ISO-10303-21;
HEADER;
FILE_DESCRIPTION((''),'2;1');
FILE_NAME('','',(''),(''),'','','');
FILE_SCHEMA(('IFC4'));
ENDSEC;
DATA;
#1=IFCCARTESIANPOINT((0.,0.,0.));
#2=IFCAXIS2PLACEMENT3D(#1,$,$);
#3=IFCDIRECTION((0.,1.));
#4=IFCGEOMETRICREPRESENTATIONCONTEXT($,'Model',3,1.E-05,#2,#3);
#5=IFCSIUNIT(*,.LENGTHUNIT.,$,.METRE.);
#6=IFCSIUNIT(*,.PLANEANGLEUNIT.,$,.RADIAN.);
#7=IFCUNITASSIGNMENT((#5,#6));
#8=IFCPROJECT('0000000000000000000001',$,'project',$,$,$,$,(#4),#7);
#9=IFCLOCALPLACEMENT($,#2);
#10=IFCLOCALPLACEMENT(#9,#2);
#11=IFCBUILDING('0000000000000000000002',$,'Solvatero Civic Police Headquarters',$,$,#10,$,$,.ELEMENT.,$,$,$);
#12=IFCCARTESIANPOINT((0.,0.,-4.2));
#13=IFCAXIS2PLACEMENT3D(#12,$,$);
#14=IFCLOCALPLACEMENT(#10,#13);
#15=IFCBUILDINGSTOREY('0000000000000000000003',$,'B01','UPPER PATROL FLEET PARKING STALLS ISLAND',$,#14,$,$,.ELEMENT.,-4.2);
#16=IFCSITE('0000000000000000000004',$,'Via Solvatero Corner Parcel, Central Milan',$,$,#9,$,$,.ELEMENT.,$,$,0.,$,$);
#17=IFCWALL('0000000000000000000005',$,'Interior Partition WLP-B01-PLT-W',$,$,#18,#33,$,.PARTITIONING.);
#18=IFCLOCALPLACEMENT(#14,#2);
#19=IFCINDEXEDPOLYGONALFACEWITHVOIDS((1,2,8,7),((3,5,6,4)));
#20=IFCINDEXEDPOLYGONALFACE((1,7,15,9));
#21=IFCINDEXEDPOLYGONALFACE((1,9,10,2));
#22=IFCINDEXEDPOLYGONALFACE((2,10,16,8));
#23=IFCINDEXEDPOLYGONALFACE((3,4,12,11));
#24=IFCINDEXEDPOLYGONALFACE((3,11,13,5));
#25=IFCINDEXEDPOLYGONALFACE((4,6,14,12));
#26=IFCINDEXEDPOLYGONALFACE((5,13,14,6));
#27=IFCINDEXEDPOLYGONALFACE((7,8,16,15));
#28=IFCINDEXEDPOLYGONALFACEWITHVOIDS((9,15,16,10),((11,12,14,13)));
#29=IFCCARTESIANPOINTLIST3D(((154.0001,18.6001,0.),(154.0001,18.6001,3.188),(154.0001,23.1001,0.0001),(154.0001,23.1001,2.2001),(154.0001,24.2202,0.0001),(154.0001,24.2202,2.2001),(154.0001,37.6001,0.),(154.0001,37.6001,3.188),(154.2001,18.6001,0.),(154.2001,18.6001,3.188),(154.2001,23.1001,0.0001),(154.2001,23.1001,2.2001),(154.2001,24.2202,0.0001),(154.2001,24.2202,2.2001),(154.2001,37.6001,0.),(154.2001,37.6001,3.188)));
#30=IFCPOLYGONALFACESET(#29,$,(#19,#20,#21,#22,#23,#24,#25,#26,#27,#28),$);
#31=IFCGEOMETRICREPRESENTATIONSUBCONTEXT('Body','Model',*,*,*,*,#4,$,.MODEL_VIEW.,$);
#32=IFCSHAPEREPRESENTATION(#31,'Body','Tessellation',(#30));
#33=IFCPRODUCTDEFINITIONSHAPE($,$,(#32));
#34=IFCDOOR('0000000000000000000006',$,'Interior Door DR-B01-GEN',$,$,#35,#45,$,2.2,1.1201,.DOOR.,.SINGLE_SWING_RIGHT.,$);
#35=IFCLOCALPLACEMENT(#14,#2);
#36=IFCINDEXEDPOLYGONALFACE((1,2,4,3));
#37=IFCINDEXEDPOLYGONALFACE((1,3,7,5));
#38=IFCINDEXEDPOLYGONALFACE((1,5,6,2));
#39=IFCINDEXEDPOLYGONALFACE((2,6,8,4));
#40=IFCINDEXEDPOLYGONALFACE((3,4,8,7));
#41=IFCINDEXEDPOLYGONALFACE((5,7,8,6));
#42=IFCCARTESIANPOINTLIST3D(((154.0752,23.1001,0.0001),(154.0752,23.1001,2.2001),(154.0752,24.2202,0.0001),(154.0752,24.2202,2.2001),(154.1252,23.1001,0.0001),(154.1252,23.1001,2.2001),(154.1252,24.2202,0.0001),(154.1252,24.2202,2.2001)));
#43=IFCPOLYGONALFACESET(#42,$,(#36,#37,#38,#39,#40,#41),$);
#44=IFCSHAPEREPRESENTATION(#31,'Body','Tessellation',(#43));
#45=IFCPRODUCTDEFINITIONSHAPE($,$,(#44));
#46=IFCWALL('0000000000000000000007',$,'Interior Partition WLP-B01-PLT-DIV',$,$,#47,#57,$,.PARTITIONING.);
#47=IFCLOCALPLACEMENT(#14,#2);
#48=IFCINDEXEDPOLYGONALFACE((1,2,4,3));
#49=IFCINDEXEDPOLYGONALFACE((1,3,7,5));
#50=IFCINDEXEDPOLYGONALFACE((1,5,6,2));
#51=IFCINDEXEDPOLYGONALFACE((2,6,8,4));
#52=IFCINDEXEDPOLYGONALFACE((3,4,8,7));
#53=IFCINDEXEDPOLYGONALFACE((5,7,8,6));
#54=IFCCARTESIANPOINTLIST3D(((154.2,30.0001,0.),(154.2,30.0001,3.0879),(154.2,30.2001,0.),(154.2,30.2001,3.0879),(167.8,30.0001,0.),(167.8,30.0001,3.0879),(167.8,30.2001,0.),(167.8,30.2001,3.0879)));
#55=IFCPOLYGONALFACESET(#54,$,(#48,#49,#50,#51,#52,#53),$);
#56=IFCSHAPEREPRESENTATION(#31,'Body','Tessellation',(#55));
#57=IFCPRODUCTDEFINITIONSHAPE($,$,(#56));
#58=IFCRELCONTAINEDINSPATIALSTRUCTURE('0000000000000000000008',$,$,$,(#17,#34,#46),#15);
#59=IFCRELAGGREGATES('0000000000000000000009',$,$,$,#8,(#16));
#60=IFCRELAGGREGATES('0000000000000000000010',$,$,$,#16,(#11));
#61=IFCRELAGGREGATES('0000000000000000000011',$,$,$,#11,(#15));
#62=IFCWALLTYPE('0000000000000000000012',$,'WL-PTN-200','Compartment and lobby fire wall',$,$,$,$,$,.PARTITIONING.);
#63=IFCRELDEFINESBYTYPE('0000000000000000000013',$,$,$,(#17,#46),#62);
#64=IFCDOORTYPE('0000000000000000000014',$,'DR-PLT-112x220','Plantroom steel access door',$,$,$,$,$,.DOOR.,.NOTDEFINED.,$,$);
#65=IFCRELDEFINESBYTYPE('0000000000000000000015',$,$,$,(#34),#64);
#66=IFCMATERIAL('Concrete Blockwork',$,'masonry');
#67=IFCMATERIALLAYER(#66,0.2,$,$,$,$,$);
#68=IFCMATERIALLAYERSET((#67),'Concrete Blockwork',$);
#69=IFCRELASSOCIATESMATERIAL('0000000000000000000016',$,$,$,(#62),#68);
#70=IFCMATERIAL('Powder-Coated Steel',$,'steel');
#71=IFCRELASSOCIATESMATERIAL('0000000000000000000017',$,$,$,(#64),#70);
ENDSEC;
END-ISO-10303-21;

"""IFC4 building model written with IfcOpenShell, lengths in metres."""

from ifc_helpers import new_model, si_unit, direction, frame, frame_2d, origin, place, context, subcontext, project, spatial, rectangle, extrude, material, layer, layer_set, type_object, element, fill, save


model = new_model("IFC4")

# Units and contexts
model_context = context("Model", 3, precision=1e-05, world=origin(), true_north=direction((0.0, 1.0)))
body_context = subcontext(model_context, "Body", "Model", "MODEL_VIEW")
ifc_project = project(units=[si_unit("LENGTHUNIT", "METRE"), si_unit("PLANEANGLEUNIT", "RADIAN")], contexts=[model_context])

# Site, building, storey
site_placement = place(None, origin())
site = spatial("IfcSite", under=ifc_project, at=site_placement, Name="Via Solvatero Corner Parcel, Central Milan", CompositionType="ELEMENT", RefElevation=0.0)
building_placement = place(site_placement, origin())
building = spatial("IfcBuilding", under=site, at=building_placement, Name="Solvatero Civic Police Headquarters", CompositionType="ELEMENT")
storey_placement = place(building_placement, frame((0.0, 0.0, -4.2)))
storey = spatial("IfcBuildingStorey", under=building, at=storey_placement, Name="B01", Description="UPPER PATROL FLEET PARKING STALLS ISLAND", CompositionType="ELEMENT", Elevation=-4.2)

# Wall, opening, door
ifc_material_1 = material(Name="Concrete Blockwork", Category="masonry")
ifc_layer = layer(ifc_material_1, 0.2)
ifc_layer_set = layer_set([ifc_layer], Name="Concrete Blockwork")
wall_type = type_object("IfcWallType", Name="WL-PTN-200", Description="Compartment and lobby fire wall", PredefinedType="PARTITIONING", material=ifc_layer_set)
ifc_material_2 = material(Name="Powder-Coated Steel", Category="steel")
wall_1_placement = place(storey_placement, frame((154.1001, 18.6001, 0.0), z_axis=(0.0, 0.0, 1.0), x_axis=(0.0, 1.0, 0.0)))
wall_1 = element("IfcWall", 1, at=wall_1_placement, inside=storey, type_object=wall_type, Name="Interior Partition WLP-B01-PLT-W", PredefinedType="PARTITIONING", context=body_context, shape_type="SweptSolid", body=[
    extrude(rectangle(XDim=19.0, YDim=0.2, at=frame_2d((9.5, 0.0))), origin(), (0.0, 0.0, 1.0), 3.188),
])
opening_1_placement = place(wall_1_placement, frame((4.5, 0.0, 0.0)))
opening_1 = element("IfcOpeningElement", 2, at=opening_1_placement, cuts=wall_1, PredefinedType="OPENING", context=body_context, shape_type="SweptSolid", body=[
    extrude(rectangle(XDim=1.1201, YDim=2.2, at=frame_2d((0.5601, 1.1001))), frame((0.0, 0.1099, 0.0), z_axis=(0.0, -1.0, 0.0), x_axis=(1.0, 0.0, 0.0)), (0.0, 0.0, 1.0), 0.22),
])
door_type_1 = type_object("IfcDoorType", Name="DR-PLT-112x220", Description="Plantroom steel access door", OperationType="NOTDEFINED", PredefinedType="DOOR", material=ifc_material_2)
door_1_placement = place(opening_1_placement, origin())
door_1 = element("IfcDoor", 3, at=door_1_placement, inside=storey, type_object=door_type_1, Name="Interior Door DR-B01-GEN", OperationType="SINGLE_SWING_RIGHT", OverallHeight=2.2, OverallWidth=1.1201, PredefinedType="DOOR", context=body_context, shape_type="SweptSolid", body=[
    extrude(rectangle(XDim=1.1201, YDim=2.2, at=frame_2d((0.5601, 1.1001))), frame((0.0, 0.0249, 0.0), z_axis=(0.0, -1.0, 0.0), x_axis=(1.0, 0.0, 0.0)), (0.0, 0.0, 1.0), 0.05),
])
fill(opening_1, door_1)

# Wall
wall_2_placement = place(storey_placement, frame((154.2, 30.1001, 0.0), z_axis=(0.0, 0.0, 1.0), x_axis=(1.0, 0.0, 0.0)))
element("IfcWall", 4, at=wall_2_placement, inside=storey, type_object=wall_type, Name="Interior Partition WLP-B01-PLT-DIV", PredefinedType="PARTITIONING", context=body_context, shape_type="SweptSolid", body=[
    extrude(rectangle(XDim=13.6001, YDim=0.2, at=frame_2d((6.8, 0.0))), origin(), (0.0, 0.0, 1.0), 3.0879),
])

save(model, "model.ifc")
